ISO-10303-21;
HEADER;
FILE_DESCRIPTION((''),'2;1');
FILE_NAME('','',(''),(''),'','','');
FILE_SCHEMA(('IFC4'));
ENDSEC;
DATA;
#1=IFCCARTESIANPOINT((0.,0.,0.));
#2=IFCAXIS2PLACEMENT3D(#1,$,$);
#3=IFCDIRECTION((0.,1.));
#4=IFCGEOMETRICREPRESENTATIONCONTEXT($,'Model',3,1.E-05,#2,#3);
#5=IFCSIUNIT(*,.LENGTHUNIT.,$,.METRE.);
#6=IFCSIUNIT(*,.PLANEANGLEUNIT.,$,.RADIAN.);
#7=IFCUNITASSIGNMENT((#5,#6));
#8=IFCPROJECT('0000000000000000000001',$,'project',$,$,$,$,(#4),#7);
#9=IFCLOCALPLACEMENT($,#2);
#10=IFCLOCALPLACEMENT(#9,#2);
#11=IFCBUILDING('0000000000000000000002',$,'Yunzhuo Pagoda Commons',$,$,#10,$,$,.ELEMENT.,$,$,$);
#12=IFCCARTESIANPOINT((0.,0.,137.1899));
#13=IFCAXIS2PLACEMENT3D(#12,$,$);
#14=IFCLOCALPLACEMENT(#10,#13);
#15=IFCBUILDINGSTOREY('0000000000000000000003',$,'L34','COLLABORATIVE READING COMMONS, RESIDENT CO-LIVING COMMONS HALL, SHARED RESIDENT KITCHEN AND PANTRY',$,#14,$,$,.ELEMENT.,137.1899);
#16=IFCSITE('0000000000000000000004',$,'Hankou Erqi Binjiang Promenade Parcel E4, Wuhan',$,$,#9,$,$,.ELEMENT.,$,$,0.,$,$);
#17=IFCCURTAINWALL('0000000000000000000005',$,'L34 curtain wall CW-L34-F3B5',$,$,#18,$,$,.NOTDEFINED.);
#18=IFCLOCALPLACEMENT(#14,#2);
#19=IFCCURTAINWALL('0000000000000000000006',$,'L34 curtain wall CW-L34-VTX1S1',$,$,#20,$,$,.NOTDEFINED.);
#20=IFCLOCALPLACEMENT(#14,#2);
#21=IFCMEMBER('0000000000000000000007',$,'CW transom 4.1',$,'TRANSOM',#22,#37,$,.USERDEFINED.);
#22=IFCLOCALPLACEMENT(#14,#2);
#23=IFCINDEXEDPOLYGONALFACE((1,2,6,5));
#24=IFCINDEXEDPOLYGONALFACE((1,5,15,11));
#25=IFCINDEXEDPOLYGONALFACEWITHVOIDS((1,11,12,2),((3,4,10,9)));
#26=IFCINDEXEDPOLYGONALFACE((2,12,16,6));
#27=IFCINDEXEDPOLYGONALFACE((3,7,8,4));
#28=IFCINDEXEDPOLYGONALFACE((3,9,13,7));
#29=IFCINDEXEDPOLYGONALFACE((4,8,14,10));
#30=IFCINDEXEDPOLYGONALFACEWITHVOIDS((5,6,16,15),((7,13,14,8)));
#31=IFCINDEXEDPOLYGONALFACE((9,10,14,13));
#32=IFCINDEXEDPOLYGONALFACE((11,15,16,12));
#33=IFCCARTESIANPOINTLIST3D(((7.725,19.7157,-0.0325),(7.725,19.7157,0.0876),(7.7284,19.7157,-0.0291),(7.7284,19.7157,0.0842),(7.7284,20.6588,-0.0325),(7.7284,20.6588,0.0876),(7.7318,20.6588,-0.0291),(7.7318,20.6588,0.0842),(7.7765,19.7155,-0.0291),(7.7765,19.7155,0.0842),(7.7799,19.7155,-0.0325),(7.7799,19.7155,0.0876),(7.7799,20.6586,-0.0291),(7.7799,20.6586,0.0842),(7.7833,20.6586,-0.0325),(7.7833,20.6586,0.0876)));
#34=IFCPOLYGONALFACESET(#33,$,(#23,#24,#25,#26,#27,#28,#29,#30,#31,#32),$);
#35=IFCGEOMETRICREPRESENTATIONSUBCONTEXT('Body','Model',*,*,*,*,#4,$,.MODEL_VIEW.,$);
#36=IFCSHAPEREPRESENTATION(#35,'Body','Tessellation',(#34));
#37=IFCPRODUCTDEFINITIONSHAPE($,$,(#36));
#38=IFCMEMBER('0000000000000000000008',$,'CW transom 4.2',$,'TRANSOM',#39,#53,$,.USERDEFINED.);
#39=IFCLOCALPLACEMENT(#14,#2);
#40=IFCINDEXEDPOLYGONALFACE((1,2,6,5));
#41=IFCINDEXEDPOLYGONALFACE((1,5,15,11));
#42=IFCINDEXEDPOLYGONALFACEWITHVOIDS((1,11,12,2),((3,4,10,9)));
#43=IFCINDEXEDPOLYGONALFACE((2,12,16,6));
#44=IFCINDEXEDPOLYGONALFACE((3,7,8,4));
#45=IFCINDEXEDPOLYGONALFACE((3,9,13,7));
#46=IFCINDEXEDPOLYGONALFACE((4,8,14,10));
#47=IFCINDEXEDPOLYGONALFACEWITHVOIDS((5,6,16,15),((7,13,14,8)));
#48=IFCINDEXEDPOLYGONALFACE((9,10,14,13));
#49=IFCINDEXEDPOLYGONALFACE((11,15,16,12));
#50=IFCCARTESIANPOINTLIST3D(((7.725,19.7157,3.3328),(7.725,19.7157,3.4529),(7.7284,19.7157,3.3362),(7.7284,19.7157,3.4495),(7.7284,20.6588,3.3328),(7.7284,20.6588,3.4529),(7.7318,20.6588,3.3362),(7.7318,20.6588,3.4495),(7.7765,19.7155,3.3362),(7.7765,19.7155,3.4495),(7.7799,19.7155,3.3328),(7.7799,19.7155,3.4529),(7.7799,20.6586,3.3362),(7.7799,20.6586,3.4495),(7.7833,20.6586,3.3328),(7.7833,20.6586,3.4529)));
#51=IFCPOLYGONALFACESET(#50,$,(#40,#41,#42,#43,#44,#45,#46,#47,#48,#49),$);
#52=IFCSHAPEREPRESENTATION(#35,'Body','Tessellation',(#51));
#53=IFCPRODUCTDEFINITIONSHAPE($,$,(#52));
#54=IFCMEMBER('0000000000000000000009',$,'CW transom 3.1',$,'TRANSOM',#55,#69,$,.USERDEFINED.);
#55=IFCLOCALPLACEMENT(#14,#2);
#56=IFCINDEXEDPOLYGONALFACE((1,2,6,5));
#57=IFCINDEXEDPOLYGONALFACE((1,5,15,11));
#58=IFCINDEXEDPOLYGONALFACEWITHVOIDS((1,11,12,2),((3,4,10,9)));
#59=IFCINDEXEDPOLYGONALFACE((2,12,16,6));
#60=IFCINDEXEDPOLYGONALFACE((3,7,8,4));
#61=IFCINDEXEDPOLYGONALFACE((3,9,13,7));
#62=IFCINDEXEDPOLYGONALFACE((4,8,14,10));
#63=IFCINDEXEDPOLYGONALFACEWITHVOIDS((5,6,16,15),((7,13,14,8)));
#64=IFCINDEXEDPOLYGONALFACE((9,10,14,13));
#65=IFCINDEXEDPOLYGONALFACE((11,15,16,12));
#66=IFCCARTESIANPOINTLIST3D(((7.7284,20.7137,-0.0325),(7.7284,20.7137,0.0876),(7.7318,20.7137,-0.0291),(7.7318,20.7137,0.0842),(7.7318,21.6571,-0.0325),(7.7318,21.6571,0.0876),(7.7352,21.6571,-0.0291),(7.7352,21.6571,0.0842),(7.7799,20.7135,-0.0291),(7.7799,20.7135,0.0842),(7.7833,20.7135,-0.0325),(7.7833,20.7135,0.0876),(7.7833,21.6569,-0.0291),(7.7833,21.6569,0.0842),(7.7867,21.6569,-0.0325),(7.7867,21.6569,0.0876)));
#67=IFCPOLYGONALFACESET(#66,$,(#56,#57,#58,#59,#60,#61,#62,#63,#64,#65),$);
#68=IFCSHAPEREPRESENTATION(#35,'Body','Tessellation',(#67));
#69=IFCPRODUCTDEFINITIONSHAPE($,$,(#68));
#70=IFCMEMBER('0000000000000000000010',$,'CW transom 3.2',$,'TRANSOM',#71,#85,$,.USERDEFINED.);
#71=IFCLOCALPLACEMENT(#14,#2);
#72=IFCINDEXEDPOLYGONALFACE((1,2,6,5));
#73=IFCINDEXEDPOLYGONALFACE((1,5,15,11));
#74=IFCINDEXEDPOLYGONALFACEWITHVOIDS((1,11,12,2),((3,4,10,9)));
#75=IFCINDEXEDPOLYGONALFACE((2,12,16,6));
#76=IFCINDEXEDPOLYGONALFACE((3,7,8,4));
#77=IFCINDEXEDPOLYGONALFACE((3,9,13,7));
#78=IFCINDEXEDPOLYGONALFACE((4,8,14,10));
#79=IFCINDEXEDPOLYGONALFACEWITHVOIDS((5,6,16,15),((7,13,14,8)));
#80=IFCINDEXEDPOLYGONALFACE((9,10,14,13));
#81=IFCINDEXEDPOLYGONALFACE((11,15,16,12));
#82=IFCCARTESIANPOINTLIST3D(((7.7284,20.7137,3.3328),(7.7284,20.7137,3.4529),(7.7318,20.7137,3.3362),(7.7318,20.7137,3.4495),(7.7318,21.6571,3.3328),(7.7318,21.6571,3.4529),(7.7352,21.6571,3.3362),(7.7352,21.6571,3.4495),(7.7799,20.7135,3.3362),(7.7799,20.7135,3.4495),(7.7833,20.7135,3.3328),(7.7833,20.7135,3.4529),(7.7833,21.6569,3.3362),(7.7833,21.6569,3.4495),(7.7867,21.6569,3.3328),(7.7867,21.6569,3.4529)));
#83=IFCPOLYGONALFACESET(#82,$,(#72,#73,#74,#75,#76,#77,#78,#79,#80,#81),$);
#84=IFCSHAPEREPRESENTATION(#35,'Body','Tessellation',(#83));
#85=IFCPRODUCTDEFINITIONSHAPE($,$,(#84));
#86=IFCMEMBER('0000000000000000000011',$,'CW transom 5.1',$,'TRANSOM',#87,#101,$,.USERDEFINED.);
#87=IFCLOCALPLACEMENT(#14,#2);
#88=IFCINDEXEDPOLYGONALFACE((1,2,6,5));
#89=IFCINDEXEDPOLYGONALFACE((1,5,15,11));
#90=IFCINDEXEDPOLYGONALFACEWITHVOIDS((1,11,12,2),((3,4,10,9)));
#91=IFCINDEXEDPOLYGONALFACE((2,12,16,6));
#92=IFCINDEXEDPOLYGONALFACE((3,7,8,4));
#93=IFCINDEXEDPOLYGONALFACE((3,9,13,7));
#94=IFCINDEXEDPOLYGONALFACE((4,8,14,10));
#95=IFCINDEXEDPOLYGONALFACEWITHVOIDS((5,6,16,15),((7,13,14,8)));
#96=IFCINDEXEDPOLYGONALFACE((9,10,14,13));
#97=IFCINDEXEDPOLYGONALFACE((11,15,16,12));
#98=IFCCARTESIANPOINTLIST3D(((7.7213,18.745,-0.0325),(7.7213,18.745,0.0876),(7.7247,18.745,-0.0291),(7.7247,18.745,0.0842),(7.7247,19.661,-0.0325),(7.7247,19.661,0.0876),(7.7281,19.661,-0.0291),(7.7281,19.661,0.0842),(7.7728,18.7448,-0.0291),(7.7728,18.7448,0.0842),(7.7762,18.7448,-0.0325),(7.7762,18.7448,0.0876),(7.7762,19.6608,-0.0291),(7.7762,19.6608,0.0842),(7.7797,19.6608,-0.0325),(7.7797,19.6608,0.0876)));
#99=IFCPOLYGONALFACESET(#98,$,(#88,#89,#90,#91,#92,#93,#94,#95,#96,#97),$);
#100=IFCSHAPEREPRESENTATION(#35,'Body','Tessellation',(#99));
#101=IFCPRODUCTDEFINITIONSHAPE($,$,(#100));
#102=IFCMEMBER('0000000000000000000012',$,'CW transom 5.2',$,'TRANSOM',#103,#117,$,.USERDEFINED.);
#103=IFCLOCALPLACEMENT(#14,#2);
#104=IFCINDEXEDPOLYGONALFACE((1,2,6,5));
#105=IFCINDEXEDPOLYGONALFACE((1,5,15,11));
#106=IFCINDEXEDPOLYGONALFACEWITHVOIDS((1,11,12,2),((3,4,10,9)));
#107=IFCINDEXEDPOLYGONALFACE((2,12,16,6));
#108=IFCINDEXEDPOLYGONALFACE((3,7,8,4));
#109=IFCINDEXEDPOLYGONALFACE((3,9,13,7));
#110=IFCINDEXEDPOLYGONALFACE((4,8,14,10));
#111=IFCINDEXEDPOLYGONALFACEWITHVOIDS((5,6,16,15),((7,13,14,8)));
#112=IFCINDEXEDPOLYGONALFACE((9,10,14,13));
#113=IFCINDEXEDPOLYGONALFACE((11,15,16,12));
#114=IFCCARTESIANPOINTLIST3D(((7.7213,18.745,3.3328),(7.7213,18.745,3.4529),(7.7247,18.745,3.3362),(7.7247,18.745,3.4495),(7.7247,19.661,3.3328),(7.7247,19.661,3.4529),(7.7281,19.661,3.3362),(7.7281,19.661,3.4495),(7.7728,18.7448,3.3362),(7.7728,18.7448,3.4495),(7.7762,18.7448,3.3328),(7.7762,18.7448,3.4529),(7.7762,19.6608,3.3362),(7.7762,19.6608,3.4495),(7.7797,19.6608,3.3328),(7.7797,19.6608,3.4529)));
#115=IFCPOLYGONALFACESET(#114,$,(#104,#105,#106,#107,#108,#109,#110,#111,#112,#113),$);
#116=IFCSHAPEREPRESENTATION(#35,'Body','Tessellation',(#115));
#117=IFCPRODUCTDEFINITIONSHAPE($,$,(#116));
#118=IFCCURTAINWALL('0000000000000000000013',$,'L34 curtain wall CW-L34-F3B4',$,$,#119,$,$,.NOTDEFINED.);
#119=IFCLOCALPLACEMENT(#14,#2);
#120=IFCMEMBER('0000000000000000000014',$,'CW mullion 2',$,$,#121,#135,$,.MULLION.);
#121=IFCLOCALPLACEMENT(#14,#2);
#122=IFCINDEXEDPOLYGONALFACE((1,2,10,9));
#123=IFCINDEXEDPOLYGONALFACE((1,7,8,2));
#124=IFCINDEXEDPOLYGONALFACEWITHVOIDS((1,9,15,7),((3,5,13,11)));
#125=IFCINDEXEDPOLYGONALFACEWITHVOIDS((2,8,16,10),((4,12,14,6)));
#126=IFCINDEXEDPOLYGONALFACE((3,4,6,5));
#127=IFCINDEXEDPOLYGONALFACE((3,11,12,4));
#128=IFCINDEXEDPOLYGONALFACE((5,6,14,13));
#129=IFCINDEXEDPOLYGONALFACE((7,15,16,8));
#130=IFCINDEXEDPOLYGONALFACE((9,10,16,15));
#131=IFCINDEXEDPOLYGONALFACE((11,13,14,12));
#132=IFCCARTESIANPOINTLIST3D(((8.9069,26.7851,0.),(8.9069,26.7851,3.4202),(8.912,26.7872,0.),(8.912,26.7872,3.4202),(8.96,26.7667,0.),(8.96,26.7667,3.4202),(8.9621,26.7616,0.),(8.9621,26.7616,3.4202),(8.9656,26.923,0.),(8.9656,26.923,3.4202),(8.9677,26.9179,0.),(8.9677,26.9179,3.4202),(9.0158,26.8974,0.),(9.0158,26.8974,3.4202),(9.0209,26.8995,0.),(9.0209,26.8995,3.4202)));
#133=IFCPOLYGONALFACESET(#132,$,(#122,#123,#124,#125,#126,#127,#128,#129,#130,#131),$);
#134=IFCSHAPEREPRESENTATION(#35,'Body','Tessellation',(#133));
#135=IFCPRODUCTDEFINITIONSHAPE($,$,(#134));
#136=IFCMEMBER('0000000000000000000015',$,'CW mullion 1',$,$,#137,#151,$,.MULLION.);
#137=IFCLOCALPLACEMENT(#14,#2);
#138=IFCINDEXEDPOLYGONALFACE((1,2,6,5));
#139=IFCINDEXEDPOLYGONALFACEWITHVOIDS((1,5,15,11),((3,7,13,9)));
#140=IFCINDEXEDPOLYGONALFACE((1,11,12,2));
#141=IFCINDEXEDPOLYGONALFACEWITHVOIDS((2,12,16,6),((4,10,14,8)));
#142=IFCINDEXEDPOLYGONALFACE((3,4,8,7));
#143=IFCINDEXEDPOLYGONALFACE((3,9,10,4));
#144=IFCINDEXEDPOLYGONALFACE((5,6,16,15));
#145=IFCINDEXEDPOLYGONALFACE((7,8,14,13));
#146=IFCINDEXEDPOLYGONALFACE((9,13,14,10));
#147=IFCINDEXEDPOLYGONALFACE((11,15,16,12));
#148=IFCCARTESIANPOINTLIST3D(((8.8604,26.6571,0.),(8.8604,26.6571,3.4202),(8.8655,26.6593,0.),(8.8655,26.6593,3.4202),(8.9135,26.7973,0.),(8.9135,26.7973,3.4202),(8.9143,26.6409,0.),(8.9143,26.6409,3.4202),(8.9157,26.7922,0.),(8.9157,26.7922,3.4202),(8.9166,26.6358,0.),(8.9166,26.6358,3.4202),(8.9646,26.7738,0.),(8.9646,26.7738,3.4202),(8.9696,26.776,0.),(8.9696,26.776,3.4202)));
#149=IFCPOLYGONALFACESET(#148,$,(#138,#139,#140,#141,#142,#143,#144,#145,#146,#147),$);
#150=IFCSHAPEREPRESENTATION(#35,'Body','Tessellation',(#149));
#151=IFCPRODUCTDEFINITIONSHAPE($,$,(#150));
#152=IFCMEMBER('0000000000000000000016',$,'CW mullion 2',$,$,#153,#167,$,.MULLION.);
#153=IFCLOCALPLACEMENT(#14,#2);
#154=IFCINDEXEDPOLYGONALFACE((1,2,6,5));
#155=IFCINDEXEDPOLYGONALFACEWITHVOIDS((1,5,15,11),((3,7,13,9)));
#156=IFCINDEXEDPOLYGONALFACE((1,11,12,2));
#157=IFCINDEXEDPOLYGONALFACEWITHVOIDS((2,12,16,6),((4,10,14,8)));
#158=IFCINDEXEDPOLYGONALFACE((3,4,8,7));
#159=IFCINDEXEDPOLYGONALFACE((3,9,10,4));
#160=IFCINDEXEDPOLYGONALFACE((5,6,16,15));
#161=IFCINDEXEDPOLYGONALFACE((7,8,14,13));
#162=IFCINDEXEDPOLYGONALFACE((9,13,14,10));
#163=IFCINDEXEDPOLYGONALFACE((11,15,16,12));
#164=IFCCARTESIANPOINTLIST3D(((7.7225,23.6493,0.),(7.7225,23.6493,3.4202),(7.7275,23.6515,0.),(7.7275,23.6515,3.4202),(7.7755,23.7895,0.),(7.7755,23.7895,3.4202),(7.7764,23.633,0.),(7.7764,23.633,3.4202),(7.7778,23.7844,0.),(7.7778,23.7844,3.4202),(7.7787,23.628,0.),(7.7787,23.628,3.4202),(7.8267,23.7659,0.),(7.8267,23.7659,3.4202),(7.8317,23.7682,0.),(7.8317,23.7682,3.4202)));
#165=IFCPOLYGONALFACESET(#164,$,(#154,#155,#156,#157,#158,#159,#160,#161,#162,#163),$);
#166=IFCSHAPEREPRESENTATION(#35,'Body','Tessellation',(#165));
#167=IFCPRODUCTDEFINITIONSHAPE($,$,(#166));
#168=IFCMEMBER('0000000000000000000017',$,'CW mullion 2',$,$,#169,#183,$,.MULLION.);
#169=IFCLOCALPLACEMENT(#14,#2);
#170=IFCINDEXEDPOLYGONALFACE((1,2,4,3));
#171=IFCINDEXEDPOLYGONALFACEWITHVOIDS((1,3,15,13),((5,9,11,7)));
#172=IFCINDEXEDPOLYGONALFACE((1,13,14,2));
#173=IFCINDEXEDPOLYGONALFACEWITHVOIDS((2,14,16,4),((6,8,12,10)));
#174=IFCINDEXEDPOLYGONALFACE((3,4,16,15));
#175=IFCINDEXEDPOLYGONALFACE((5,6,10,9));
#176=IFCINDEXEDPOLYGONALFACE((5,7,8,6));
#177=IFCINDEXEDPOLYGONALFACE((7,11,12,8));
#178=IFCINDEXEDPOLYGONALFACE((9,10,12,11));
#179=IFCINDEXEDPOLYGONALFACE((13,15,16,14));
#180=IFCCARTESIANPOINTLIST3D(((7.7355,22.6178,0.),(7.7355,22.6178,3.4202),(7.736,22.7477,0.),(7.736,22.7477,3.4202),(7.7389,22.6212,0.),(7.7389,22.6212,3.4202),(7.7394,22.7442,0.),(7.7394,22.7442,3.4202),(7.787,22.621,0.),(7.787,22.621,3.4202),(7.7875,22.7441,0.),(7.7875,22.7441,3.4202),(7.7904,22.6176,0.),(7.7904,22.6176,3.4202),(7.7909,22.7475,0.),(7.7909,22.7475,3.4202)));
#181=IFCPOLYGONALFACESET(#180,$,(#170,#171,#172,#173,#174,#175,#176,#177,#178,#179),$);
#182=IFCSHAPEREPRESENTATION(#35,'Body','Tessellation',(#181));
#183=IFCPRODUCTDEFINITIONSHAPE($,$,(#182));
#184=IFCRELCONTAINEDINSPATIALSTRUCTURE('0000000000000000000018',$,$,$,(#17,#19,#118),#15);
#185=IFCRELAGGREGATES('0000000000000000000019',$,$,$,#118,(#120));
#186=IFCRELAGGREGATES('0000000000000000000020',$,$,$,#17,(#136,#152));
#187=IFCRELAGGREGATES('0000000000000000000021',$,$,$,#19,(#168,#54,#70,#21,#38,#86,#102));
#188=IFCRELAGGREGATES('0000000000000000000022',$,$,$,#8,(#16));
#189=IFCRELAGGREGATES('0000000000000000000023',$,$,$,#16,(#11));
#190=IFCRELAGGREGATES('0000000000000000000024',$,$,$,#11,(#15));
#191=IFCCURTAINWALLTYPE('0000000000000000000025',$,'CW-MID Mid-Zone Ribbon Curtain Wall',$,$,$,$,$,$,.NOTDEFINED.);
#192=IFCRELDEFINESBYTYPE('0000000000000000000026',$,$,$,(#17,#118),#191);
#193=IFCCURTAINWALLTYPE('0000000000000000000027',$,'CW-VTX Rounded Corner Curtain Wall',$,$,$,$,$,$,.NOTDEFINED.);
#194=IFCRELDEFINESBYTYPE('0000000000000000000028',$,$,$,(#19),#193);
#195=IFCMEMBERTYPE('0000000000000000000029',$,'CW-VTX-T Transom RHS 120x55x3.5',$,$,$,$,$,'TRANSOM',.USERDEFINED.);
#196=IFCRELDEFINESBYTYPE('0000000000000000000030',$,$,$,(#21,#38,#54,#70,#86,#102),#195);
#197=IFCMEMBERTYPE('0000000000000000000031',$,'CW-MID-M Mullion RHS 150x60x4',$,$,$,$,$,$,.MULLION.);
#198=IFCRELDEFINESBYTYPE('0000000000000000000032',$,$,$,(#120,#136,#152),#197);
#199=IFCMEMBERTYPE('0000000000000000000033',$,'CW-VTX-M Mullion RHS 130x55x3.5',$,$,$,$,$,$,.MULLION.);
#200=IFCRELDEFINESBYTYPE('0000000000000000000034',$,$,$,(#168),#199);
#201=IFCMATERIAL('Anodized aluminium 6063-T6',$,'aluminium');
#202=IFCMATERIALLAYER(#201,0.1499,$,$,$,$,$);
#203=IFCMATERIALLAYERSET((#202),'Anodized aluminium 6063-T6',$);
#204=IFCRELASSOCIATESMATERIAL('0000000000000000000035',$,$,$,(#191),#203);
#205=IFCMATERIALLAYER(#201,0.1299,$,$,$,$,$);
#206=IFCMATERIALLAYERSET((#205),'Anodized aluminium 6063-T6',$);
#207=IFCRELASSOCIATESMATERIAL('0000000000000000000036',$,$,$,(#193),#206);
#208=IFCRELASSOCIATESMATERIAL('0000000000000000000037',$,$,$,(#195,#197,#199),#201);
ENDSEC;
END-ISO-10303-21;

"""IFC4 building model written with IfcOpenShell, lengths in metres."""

from ifc_helpers import new_model, si_unit, direction, frame, origin, origin_2d, place, context, subcontext, project, spatial, hollow_rectangle, extrude, source, transform, mapped, material, layer, layer_set, material_profile, profile_set, type_object, element, aggregate, save


model = new_model("IFC4")

# Units and contexts
model_context = context("Model", 3, precision=1e-05, world=origin(), true_north=direction((0.0, 1.0)))
body_context = subcontext(model_context, "Body", "Model", "MODEL_VIEW")
ifc_project = project(units=[si_unit("LENGTHUNIT", "METRE"), si_unit("PLANEANGLEUNIT", "RADIAN")], contexts=[model_context])

# Site, building, storey
site_placement = place(None, origin())
site = spatial("IfcSite", under=ifc_project, at=site_placement, Name="Hankou Erqi Binjiang Promenade Parcel E4, Wuhan", CompositionType="ELEMENT", RefElevation=0.0)
building_placement = place(site_placement, origin())
building = spatial("IfcBuilding", under=site, at=building_placement, Name="Yunzhuo Pagoda Commons", CompositionType="ELEMENT")
storey_placement = place(building_placement, frame((0.0, 0.0, 137.1899)))
storey = spatial("IfcBuildingStorey", under=building, at=storey_placement, Name="L34", Description="COLLABORATIVE READING COMMONS, RESIDENT CO-LIVING COMMONS HALL, SHARED RESIDENT KITCHEN AND PANTRY", CompositionType="ELEMENT", Elevation=137.1899)

# Curtain walls, members
ifc_material_1 = material(Name="Anodized aluminium 6063-T6", Category="aluminium")
ifc_layer_1 = layer(ifc_material_1, 0.1499)
ifc_layer_set_1 = layer_set([ifc_layer_1], Name="Anodized aluminium 6063-T6")
curtain_wall_type_1 = type_object("IfcCurtainWallType", Name="CW-MID Mid-Zone Ribbon Curtain Wall", PredefinedType="NOTDEFINED", material=ifc_layer_set_1)
curtain_wall_1_placement = place(storey_placement, origin())
curtain_wall_1 = element("IfcCurtainWall", 1, at=curtain_wall_1_placement, inside=storey, type_object=curtain_wall_type_1, Name="L34 curtain wall CW-L34-F3B5", PredefinedType="NOTDEFINED")
ifc_layer_2 = layer(ifc_material_1, 0.1299)
ifc_layer_set_2 = layer_set([ifc_layer_2], Name="Anodized aluminium 6063-T6")
curtain_wall_type_2 = type_object("IfcCurtainWallType", Name="CW-VTX Rounded Corner Curtain Wall", PredefinedType="NOTDEFINED", material=ifc_layer_set_2)
curtain_wall_2_placement = place(storey_placement, origin())
curtain_wall_2 = element("IfcCurtainWall", 2, at=curtain_wall_2_placement, inside=storey, type_object=curtain_wall_type_2, Name="L34 curtain wall CW-L34-VTX1S1", PredefinedType="NOTDEFINED")
ifc_material_profile_1 = material_profile(ifc_material_1, hollow_rectangle(XDim=0.0549, YDim=0.1201, WallThickness=0.0034, at=origin_2d()), Name="Anodized aluminium 6063-T6")
ifc_profile_set_1 = profile_set([ifc_material_profile_1], Name="Anodized aluminium 6063-T6")
member_type_1 = type_object("IfcMemberType", Name="CW-VTX-T Transom RHS 120x55x3.5", ElementType="TRANSOM", PredefinedType="USERDEFINED", material=ifc_profile_set_1)
shared_shape_1 = source(origin(), body_context, "Body", "SweptSolid", [
    extrude(hollow_rectangle(XDim=0.0549, YDim=0.1201, WallThickness=0.0034, at=origin_2d()), origin(), (0.0, 0.0, 1.0), 0.9431),
])
member_1_placement = place(storey_placement, frame((7.7559, 20.6587, 0.0276), z_axis=(-0.003624, -0.999993, 0.0), x_axis=(0.999993, -0.003624, 0.0)))
member_1 = element("IfcMember", 3, at=member_1_placement, type_object=member_type_1, Name="CW transom 4.1", ObjectType="TRANSOM", PredefinedType="USERDEFINED", context=body_context, shape_type="MappedRepresentation", body=[
    mapped(shared_shape_1, transform((0.0, 0.0, 0.0), scale=1.0)),
])
member_2_placement = place(storey_placement, frame((7.7559, 20.6587, 3.3928), z_axis=(-0.003624, -0.999993, 0.0), x_axis=(0.999993, -0.003624, 0.0)))
member_2 = element("IfcMember", 4, at=member_2_placement, type_object=member_type_1, Name="CW transom 4.2", ObjectType="TRANSOM", PredefinedType="USERDEFINED", context=body_context, shape_type="MappedRepresentation", body=[
    mapped(shared_shape_1, transform((0.0, 0.0, 0.0), scale=1.0)),
])
shared_shape_2 = source(origin(), body_context, "Body", "SweptSolid", [
    extrude(hollow_rectangle(XDim=0.0549, YDim=0.1201, WallThickness=0.0034, at=origin_2d()), origin(), (0.0, 0.0, 1.0), 0.9434),
])
member_3_placement = place(storey_placement, frame((7.7593, 21.657, 0.0276), z_axis=(-0.003623, -0.999993, 0.0), x_axis=(0.999993, -0.003623, 0.0)))
member_3 = element("IfcMember", 5, at=member_3_placement, type_object=member_type_1, Name="CW transom 3.1", ObjectType="TRANSOM", PredefinedType="USERDEFINED", context=body_context, shape_type="MappedRepresentation", body=[
    mapped(shared_shape_2, transform((0.0, 0.0, 0.0), scale=1.0)),
])
member_4_placement = place(storey_placement, frame((7.7593, 21.657, 3.3928), z_axis=(-0.003623, -0.999993, 0.0), x_axis=(0.999993, -0.003623, 0.0)))
member_4 = element("IfcMember", 6, at=member_4_placement, type_object=member_type_1, Name="CW transom 3.2", ObjectType="TRANSOM", PredefinedType="USERDEFINED", context=body_context, shape_type="MappedRepresentation", body=[
    mapped(shared_shape_2, transform((0.0, 0.0, 0.0), scale=1.0)),
])
shared_shape_3 = source(origin(), body_context, "Body", "SweptSolid", [
    extrude(hollow_rectangle(XDim=0.0549, YDim=0.1201, WallThickness=0.0034, at=origin_2d()), origin(), (0.0, 0.0, 1.0), 0.916),
])
member_5_placement = place(storey_placement, frame((7.7522, 19.6609, 0.0276), z_axis=(-0.003731, -0.999993, 0.0), x_axis=(0.999993, -0.003731, 0.0)))
member_5 = element("IfcMember", 7, at=member_5_placement, type_object=member_type_1, Name="CW transom 5.1", ObjectType="TRANSOM", PredefinedType="USERDEFINED", context=body_context, shape_type="MappedRepresentation", body=[
    mapped(shared_shape_3, transform((0.0, 0.0, 0.0), scale=1.0)),
])
member_6_placement = place(storey_placement, frame((7.7522, 19.6609, 3.3928), z_axis=(-0.003731, -0.999993, 0.0), x_axis=(0.999993, -0.003731, 0.0)))
member_6 = element("IfcMember", 8, at=member_6_placement, type_object=member_type_1, Name="CW transom 5.2", ObjectType="TRANSOM", PredefinedType="USERDEFINED", context=body_context, shape_type="MappedRepresentation", body=[
    mapped(shared_shape_3, transform((0.0, 0.0, 0.0), scale=1.0)),
])

# Curtain wall, member
curtain_wall_3_placement = place(storey_placement, origin())
curtain_wall_3 = element("IfcCurtainWall", 9, at=curtain_wall_3_placement, inside=storey, type_object=curtain_wall_type_1, Name="L34 curtain wall CW-L34-F3B4", PredefinedType="NOTDEFINED")
ifc_material_profile_2 = material_profile(ifc_material_1, hollow_rectangle(XDim=0.0601, YDim=0.1499, WallThickness=0.0039, at=origin_2d()), Name="Anodized aluminium 6063-T6")
ifc_profile_set_2 = profile_set([ifc_material_profile_2], Name="Anodized aluminium 6063-T6")
member_type_2 = type_object("IfcMemberType", Name="CW-MID-M Mullion RHS 150x60x4", PredefinedType="MULLION", material=ifc_profile_set_2)
shared_shape_4 = source(origin(), body_context, "Body", "SweptSolid", [
    extrude(hollow_rectangle(XDim=0.0601, YDim=0.1499, WallThickness=0.0039, at=origin_2d()), origin(), (0.0, 0.0, 1.0), 3.4202),
])
member_7_placement = place(storey_placement, frame((8.9639, 26.8423, 0.0), z_axis=(0.0, 0.0, 1.0), x_axis=(0.919928, -0.392087, 0.0)))
member_7 = element("IfcMember", 10, at=member_7_placement, type_object=member_type_2, Name="CW mullion 2", PredefinedType="MULLION", context=body_context, shape_type="MappedRepresentation", body=[
    mapped(shared_shape_4, transform((0.0, 0.0, 0.0), scale=1.0)),
])
aggregate(curtain_wall_3, [member_7])

# Members
member_8_placement = place(storey_placement, frame((8.915, 26.7166, 0.0), z_axis=(0.0, 0.0, 1.0), x_axis=(0.935322, -0.353798, 0.0)))
member_8 = element("IfcMember", 11, at=member_8_placement, type_object=member_type_2, Name="CW mullion 1", PredefinedType="MULLION", context=body_context, shape_type="MappedRepresentation", body=[
    mapped(shared_shape_4, transform((0.0, 0.0, 0.0), scale=1.0)),
])
member_9_placement = place(storey_placement, frame((7.7771, 23.7087, 0.0), z_axis=(0.0, 0.0, 1.0), x_axis=(0.935322, -0.353798, 0.0)))
member_9 = element("IfcMember", 12, at=member_9_placement, type_object=member_type_2, Name="CW mullion 2", PredefinedType="MULLION", context=body_context, shape_type="MappedRepresentation", body=[
    mapped(shared_shape_4, transform((0.0, 0.0, 0.0), scale=1.0)),
])
ifc_material_profile_3 = material_profile(ifc_material_1, hollow_rectangle(XDim=0.0549, YDim=0.1299, WallThickness=0.0034, at=origin_2d()), Name="Anodized aluminium 6063-T6")
ifc_profile_set_3 = profile_set([ifc_material_profile_3], Name="Anodized aluminium 6063-T6")
member_type_3 = type_object("IfcMemberType", Name="CW-VTX-M Mullion RHS 130x55x3.5", PredefinedType="MULLION", material=ifc_profile_set_3)
shared_shape_5 = source(origin(), body_context, "Body", "SweptSolid", [
    extrude(hollow_rectangle(XDim=0.0549, YDim=0.1299, WallThickness=0.0034, at=origin_2d()), origin(), (0.0, 0.0, 1.0), 3.4202),
])
member_10_placement = place(storey_placement, frame((7.7632, 22.6826, 0.0), z_axis=(0.0, 0.0, 1.0), x_axis=(0.999994, -0.003587, 0.0)))
member_10 = element("IfcMember", 13, at=member_10_placement, type_object=member_type_3, Name="CW mullion 2", PredefinedType="MULLION", context=body_context, shape_type="MappedRepresentation", body=[
    mapped(shared_shape_5, transform((0.0, 0.0, 0.0), scale=1.0)),
])

aggregate(curtain_wall_1, [member_8, member_9])
aggregate(curtain_wall_2, [member_10, member_3, member_4, member_1, member_2, member_5, member_6])

save(model, "model.ifc")
